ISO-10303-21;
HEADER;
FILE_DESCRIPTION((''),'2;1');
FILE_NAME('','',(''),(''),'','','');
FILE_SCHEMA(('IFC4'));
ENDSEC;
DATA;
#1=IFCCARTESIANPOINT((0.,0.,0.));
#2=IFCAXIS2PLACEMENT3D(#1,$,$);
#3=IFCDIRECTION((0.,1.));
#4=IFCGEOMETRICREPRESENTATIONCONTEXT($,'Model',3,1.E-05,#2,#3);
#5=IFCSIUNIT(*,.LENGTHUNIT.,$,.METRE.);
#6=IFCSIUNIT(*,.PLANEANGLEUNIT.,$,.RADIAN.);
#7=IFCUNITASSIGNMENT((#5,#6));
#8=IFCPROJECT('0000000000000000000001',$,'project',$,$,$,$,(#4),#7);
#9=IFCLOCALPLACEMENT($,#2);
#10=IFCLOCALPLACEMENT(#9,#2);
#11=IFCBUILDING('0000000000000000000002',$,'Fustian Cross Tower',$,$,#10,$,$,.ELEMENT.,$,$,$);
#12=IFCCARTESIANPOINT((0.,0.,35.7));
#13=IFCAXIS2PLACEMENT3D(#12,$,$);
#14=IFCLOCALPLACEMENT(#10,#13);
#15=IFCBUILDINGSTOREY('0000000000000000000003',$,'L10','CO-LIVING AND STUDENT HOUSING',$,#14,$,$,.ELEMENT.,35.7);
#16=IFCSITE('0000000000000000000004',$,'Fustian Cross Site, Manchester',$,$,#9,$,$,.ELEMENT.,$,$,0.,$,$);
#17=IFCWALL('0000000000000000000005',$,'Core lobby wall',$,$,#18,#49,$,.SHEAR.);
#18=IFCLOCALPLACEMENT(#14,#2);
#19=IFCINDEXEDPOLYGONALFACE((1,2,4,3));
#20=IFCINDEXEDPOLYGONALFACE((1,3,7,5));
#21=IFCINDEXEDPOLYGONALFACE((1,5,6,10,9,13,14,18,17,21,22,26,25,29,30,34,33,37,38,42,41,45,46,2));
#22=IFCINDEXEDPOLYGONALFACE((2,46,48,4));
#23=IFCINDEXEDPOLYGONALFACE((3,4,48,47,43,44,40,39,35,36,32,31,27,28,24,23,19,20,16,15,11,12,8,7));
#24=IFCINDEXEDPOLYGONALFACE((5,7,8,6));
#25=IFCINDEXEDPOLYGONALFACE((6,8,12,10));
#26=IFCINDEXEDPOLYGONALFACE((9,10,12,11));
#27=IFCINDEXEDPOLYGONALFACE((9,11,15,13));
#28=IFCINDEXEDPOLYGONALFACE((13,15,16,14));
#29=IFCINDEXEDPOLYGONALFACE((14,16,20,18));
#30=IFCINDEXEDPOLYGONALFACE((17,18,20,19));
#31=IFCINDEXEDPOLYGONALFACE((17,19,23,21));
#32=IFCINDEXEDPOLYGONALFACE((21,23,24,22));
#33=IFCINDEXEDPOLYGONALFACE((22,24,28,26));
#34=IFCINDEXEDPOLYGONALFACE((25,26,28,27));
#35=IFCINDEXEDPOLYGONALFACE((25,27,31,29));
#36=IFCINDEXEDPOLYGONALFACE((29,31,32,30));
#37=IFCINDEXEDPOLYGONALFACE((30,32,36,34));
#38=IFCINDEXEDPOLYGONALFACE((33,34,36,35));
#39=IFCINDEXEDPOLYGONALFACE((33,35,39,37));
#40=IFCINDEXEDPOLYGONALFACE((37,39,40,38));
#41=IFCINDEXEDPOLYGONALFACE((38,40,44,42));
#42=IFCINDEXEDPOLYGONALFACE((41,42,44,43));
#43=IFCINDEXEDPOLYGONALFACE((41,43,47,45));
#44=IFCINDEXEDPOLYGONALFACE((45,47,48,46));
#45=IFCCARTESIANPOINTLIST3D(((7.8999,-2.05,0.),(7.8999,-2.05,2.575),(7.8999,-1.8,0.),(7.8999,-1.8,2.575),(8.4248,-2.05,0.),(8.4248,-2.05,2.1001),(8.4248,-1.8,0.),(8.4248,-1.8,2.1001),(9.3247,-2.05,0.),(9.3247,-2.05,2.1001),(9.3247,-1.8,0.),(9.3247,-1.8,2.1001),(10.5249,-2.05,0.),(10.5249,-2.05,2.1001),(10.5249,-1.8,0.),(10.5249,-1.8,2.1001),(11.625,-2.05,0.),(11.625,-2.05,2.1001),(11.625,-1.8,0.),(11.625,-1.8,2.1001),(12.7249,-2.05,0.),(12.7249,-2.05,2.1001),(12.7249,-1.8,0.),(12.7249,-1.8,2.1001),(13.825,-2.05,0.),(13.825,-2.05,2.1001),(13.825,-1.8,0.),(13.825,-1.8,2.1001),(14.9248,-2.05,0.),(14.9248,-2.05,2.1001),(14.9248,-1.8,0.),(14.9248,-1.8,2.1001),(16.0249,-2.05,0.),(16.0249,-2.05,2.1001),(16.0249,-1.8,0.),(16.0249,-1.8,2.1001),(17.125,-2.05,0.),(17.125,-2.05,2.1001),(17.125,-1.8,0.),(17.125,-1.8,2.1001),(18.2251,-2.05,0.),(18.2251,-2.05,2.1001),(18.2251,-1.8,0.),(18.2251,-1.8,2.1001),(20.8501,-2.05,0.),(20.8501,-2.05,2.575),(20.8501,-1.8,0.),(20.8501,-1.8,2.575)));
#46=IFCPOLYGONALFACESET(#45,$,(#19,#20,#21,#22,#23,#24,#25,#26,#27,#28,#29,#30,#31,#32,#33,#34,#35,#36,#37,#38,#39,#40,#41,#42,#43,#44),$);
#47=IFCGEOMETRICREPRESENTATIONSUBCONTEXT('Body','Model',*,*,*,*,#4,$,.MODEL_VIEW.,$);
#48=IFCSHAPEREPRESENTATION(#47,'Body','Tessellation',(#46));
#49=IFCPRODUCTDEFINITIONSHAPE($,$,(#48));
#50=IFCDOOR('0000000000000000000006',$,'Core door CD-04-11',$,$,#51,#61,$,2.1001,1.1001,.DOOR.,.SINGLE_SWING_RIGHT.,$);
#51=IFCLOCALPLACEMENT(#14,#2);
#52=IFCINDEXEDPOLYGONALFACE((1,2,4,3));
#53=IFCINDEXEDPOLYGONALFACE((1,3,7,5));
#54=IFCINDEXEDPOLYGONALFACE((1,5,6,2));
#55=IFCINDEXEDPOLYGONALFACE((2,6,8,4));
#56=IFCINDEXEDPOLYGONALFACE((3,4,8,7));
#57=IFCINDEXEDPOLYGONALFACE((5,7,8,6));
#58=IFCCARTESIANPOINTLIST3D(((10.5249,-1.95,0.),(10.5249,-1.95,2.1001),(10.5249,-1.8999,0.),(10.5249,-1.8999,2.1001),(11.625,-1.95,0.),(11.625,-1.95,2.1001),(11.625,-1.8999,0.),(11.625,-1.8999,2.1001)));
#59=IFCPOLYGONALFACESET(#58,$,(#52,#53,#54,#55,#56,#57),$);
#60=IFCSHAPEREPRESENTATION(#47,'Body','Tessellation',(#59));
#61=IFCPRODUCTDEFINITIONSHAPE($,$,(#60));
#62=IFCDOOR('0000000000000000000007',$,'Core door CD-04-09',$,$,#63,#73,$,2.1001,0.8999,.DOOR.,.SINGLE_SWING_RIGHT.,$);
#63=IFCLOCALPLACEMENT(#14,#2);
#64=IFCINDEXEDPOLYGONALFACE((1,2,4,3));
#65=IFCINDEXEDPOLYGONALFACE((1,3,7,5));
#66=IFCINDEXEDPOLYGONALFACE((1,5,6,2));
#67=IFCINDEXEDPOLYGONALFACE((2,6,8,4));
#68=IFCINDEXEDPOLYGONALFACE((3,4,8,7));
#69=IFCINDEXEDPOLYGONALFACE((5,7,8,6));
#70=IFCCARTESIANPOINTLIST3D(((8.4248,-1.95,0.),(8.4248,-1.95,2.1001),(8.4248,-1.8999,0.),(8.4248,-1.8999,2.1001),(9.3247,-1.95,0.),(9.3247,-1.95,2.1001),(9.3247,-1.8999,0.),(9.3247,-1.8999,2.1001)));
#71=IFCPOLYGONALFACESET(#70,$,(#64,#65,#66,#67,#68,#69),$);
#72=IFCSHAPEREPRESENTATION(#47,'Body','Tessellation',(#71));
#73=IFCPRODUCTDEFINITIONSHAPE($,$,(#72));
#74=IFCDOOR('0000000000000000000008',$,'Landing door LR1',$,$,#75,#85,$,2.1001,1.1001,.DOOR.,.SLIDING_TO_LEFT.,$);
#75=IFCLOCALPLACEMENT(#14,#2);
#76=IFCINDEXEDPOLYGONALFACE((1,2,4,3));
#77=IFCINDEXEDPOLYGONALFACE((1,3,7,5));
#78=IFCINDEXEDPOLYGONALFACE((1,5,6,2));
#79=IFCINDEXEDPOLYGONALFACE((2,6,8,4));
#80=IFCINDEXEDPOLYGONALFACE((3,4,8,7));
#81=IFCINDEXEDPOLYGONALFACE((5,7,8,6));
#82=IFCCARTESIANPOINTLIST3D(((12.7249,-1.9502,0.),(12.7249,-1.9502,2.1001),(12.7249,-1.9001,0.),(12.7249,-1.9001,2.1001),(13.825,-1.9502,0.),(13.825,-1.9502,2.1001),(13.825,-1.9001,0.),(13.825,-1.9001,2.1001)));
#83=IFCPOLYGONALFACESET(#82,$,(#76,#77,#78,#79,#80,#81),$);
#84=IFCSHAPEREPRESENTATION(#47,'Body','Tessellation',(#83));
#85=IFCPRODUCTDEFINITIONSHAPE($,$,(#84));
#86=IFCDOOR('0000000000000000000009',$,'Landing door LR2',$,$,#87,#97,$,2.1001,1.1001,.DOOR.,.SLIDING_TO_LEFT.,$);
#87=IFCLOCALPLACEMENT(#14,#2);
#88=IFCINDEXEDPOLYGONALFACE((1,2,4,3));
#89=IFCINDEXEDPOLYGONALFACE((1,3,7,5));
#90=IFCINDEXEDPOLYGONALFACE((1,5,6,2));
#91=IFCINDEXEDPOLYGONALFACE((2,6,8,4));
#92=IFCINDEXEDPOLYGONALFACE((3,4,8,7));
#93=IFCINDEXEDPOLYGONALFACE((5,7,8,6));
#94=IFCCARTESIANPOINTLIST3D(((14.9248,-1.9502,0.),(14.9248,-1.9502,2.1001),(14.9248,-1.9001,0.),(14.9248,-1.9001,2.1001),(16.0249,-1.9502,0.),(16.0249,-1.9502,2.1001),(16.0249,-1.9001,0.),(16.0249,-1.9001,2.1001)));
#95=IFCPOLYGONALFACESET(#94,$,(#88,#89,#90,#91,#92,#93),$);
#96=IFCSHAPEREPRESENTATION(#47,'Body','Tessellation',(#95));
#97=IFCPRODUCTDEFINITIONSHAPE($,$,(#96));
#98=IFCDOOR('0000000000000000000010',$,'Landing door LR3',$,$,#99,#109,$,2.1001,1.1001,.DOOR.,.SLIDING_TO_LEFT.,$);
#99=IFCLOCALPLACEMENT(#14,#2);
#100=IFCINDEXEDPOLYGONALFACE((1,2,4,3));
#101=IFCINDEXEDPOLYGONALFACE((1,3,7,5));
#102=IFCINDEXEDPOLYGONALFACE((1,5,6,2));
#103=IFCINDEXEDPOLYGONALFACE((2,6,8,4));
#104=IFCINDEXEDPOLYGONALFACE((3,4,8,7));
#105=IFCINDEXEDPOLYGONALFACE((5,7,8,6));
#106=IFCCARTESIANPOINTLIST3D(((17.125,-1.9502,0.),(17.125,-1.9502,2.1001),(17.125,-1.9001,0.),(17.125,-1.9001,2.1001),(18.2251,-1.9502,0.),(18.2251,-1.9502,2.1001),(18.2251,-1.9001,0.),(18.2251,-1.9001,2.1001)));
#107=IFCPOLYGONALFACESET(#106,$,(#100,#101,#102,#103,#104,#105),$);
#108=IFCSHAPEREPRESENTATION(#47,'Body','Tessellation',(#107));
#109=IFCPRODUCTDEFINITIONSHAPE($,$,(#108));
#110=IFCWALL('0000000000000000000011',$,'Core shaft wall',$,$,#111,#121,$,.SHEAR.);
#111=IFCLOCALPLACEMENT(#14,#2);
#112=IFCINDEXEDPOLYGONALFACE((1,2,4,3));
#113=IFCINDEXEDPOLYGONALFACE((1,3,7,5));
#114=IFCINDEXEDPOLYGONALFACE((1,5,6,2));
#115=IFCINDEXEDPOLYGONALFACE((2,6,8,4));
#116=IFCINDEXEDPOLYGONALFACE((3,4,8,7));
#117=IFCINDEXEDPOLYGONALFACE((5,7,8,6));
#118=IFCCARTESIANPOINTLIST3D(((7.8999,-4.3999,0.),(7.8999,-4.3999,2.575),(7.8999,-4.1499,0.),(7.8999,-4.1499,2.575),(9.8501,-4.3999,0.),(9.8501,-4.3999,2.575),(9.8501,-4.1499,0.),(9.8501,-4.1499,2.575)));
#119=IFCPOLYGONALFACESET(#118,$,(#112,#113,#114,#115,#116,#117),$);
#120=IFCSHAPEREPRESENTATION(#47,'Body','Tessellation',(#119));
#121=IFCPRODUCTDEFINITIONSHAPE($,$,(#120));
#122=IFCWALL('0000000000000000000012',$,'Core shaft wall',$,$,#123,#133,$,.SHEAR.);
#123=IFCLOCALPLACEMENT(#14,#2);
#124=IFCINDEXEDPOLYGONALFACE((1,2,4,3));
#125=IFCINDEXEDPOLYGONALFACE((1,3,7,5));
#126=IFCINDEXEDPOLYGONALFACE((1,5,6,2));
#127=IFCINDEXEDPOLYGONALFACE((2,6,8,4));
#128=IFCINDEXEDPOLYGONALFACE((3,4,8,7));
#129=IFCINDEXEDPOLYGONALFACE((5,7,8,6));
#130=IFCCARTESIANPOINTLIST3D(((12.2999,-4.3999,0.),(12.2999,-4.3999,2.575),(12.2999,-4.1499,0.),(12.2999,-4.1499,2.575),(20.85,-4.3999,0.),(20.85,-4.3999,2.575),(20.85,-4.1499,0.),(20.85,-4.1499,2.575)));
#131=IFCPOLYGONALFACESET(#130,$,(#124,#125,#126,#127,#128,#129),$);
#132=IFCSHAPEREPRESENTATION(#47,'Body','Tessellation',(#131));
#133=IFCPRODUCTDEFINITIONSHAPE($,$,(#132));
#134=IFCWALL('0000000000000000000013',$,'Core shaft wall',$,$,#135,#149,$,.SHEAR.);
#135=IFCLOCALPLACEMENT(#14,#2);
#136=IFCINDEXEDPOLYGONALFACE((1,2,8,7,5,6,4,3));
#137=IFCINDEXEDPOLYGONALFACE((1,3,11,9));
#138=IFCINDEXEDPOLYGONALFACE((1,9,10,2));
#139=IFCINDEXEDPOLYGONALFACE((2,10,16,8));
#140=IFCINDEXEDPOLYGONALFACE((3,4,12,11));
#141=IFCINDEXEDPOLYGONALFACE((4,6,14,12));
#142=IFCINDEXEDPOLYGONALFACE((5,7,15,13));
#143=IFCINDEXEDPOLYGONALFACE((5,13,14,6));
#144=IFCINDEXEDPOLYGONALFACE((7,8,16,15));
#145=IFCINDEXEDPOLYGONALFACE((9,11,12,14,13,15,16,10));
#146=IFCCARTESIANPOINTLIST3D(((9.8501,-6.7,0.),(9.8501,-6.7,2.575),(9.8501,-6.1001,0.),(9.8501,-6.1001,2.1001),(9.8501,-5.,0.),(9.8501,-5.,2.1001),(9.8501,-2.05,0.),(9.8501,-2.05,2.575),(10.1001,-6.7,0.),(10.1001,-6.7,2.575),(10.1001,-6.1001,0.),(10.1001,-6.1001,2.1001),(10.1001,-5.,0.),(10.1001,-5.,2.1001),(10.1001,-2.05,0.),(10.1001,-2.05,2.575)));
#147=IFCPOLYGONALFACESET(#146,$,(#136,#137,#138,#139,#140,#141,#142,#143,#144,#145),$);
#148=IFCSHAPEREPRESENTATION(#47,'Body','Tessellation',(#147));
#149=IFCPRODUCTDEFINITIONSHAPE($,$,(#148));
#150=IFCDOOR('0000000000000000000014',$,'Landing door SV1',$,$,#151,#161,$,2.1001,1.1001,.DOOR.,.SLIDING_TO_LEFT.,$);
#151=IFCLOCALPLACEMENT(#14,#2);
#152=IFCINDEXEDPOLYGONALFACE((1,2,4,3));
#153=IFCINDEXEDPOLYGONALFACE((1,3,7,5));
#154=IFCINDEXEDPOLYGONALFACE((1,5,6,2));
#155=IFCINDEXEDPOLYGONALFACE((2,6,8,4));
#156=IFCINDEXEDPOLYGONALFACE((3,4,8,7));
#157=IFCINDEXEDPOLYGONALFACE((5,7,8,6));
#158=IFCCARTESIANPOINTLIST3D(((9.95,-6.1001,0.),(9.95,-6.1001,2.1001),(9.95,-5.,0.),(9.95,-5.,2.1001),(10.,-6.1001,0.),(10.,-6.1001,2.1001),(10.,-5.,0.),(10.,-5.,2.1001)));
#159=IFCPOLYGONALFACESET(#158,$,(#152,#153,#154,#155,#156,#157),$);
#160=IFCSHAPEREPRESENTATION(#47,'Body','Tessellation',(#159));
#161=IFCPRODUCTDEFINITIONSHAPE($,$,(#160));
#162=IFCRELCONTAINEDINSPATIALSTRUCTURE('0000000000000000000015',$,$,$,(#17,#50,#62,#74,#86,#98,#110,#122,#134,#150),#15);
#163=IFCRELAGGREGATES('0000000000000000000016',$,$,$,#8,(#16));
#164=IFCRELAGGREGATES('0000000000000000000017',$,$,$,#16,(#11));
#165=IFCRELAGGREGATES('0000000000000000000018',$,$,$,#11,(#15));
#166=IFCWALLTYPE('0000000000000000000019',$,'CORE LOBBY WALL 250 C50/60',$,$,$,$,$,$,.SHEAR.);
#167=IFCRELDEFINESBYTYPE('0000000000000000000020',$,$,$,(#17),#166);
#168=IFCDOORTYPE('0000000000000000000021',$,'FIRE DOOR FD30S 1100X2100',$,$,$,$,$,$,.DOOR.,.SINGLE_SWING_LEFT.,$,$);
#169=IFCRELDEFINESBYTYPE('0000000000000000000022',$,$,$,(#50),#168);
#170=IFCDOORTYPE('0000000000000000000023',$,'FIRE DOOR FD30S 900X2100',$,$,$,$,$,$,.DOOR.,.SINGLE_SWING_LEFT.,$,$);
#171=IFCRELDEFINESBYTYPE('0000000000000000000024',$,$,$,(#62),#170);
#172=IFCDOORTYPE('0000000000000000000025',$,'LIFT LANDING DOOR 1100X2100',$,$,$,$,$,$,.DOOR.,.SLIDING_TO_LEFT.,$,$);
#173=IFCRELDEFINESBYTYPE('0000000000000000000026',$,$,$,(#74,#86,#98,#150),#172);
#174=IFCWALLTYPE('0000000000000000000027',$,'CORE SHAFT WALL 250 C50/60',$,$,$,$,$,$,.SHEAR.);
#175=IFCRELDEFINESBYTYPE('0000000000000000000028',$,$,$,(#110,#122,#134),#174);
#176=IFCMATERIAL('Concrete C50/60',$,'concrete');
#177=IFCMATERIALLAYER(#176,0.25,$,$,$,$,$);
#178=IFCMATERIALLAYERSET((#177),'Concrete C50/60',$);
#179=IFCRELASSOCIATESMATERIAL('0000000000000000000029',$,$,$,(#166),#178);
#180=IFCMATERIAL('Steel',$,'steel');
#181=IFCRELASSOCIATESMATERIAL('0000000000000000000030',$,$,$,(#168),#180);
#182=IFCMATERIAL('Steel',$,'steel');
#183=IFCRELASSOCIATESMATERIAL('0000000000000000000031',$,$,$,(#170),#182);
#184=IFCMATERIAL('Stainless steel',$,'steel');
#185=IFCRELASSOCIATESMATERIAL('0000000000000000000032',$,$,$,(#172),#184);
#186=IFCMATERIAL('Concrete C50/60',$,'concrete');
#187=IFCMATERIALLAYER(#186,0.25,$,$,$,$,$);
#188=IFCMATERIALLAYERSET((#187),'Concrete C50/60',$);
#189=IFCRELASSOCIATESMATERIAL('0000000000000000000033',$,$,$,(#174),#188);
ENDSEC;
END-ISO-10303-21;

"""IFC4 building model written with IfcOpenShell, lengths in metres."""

from ifc_helpers import new_model, si_unit, direction, frame, frame_2d, origin, place, context, subcontext, project, spatial, rectangle, extrude, material, layer, layer_set, type_object, element, fill, save


model = new_model("IFC4")

# Units and contexts
model_context = context("Model", 3, precision=1e-05, world=origin(), true_north=direction((0.0, 1.0)))
body_context = subcontext(model_context, "Body", "Model", "MODEL_VIEW")
ifc_project = project(units=[si_unit("LENGTHUNIT", "METRE"), si_unit("PLANEANGLEUNIT", "RADIAN")], contexts=[model_context])

# Site, building, storey
site_placement = place(None, origin())
site = spatial("IfcSite", under=ifc_project, at=site_placement, Name="Fustian Cross Site, Manchester", CompositionType="ELEMENT", RefElevation=0.0)
building_placement = place(site_placement, origin())
building = spatial("IfcBuilding", under=site, at=building_placement, Name="Fustian Cross Tower", CompositionType="ELEMENT")
storey_placement = place(building_placement, frame((0.0, 0.0, 35.7)))
storey = spatial("IfcBuildingStorey", under=building, at=storey_placement, Name="L10", Description="CO-LIVING AND STUDENT HOUSING", CompositionType="ELEMENT", Elevation=35.7)

# Wall, openings, doors
ifc_material_1 = material(Name="Concrete C50/60", Category="concrete")
ifc_layer_1 = layer(ifc_material_1, 0.25)
ifc_layer_set_1 = layer_set([ifc_layer_1], Name="Concrete C50/60")
wall_type_1 = type_object("IfcWallType", Name="CORE LOBBY WALL 250 C50/60", PredefinedType="SHEAR", material=ifc_layer_set_1)
wall_1_placement = place(storey_placement, frame((7.8999, -1.925, 0.0), z_axis=(0.0, 0.0, 1.0), x_axis=(1.0, 0.0, 0.0)))
wall_1 = element("IfcWall", 1, at=wall_1_placement, inside=storey, type_object=wall_type_1, Name="Core lobby wall", PredefinedType="SHEAR", context=body_context, shape_type="SweptSolid", body=[
    extrude(rectangle(XDim=12.9502, YDim=0.25, at=frame_2d((6.4751, 0.0))), origin(), (0.0, 0.0, 1.0), 2.575),
])
opening_1_placement = place(wall_1_placement, frame((4.825, 0.0, 0.0)))
opening_1 = element("IfcOpeningElement", 2, at=opening_1_placement, cuts=wall_1, PredefinedType="OPENING", context=body_context, shape_type="SweptSolid", body=[
    extrude(rectangle(XDim=1.1001, YDim=2.1001, at=frame_2d((0.55, 1.05))), frame((0.0, 0.135, 0.0), z_axis=(0.0, -1.0, 0.0), x_axis=(1.0, 0.0, 0.0)), (0.0, 0.0, 1.0), 0.27),
])
opening_2_placement = place(wall_1_placement, frame((7.0249, 0.0, 0.0)))
opening_2 = element("IfcOpeningElement", 3, at=opening_2_placement, cuts=wall_1, PredefinedType="OPENING", context=body_context, shape_type="SweptSolid", body=[
    extrude(rectangle(XDim=1.1001, YDim=2.1001, at=frame_2d((0.55, 1.05))), frame((0.0, 0.135, 0.0), z_axis=(0.0, -1.0, 0.0), x_axis=(1.0, 0.0, 0.0)), (0.0, 0.0, 1.0), 0.27),
])
opening_3_placement = place(wall_1_placement, frame((9.2251, 0.0, 0.0)))
opening_3 = element("IfcOpeningElement", 4, at=opening_3_placement, cuts=wall_1, PredefinedType="OPENING", context=body_context, shape_type="SweptSolid", body=[
    extrude(rectangle(XDim=1.1001, YDim=2.1001, at=frame_2d((0.55, 1.05))), frame((0.0, 0.135, 0.0), z_axis=(0.0, -1.0, 0.0), x_axis=(1.0, 0.0, 0.0)), (0.0, 0.0, 1.0), 0.27),
])
opening_4_placement = place(wall_1_placement, frame((0.5249, 0.0, 0.0)))
opening_4 = element("IfcOpeningElement", 5, at=opening_4_placement, cuts=wall_1, PredefinedType="OPENING", context=body_context, shape_type="SweptSolid", body=[
    extrude(rectangle(XDim=0.8999, YDim=2.1001, at=frame_2d((0.45, 1.05))), frame((0.0, 0.135, 0.0), z_axis=(0.0, -1.0, 0.0), x_axis=(1.0, 0.0, 0.0)), (0.0, 0.0, 1.0), 0.27),
])
opening_5_placement = place(wall_1_placement, frame((2.625, 0.0, 0.0)))
opening_5 = element("IfcOpeningElement", 6, at=opening_5_placement, cuts=wall_1, PredefinedType="OPENING", context=body_context, shape_type="SweptSolid", body=[
    extrude(rectangle(XDim=1.1001, YDim=2.1001, at=frame_2d((0.55, 1.05))), frame((0.0, 0.135, 0.0), z_axis=(0.0, -1.0, 0.0), x_axis=(1.0, 0.0, 0.0)), (0.0, 0.0, 1.0), 0.27),
])
ifc_material_2 = material(Name="Steel", Category="steel")
door_type_1 = type_object("IfcDoorType", Name="FIRE DOOR FD30S 1100X2100", OperationType="SINGLE_SWING_LEFT", PredefinedType="DOOR", material=ifc_material_2)
door_1_placement = place(opening_5_placement, frame((1.1001, 0.0, 0.0), z_axis=(0.0, 0.0, 1.0), x_axis=(-1.0, 0.0, 0.0)))
door_1 = element("IfcDoor", 7, at=door_1_placement, inside=storey, type_object=door_type_1, Name="Core door CD-04-11", OperationType="SINGLE_SWING_RIGHT", OverallHeight=2.1001, OverallWidth=1.1001, PredefinedType="DOOR", context=body_context, shape_type="SweptSolid", body=[
    extrude(rectangle(XDim=1.1001, YDim=2.1001, at=frame_2d((0.55, 1.05))), frame((0.0, 0.0249, 0.0), z_axis=(0.0, -1.0, 0.0), x_axis=(1.0, 0.0, 0.0)), (0.0, 0.0, 1.0), 0.05),
])
fill(opening_5, door_1)
ifc_material_3 = material(Name="Steel", Category="steel")
door_type_2 = type_object("IfcDoorType", Name="FIRE DOOR FD30S 900X2100", OperationType="SINGLE_SWING_LEFT", PredefinedType="DOOR", material=ifc_material_3)
door_2_placement = place(opening_4_placement, frame((0.8999, 0.0, 0.0), z_axis=(0.0, 0.0, 1.0), x_axis=(-1.0, 0.0, 0.0)))
door_2 = element("IfcDoor", 8, at=door_2_placement, inside=storey, type_object=door_type_2, Name="Core door CD-04-09", OperationType="SINGLE_SWING_RIGHT", OverallHeight=2.1001, OverallWidth=0.8999, PredefinedType="DOOR", context=body_context, shape_type="SweptSolid", body=[
    extrude(rectangle(XDim=0.8999, YDim=2.1001, at=frame_2d((0.45, 1.05))), frame((0.0, 0.0249, 0.0), z_axis=(0.0, -1.0, 0.0), x_axis=(1.0, 0.0, 0.0)), (0.0, 0.0, 1.0), 0.05),
])
fill(opening_4, door_2)
ifc_material_4 = material(Name="Stainless steel", Category="steel")
door_type_3 = type_object("IfcDoorType", Name="LIFT LANDING DOOR 1100X2100", OperationType="SLIDING_TO_LEFT", PredefinedType="DOOR", material=ifc_material_4)
door_3_placement = place(opening_1_placement, origin())
door_3 = element("IfcDoor", 9, at=door_3_placement, inside=storey, type_object=door_type_3, Name="Landing door LR1", OperationType="SLIDING_TO_LEFT", OverallHeight=2.1001, OverallWidth=1.1001, PredefinedType="DOOR", context=body_context, shape_type="SweptSolid", body=[
    extrude(rectangle(XDim=1.1001, YDim=2.1001, at=frame_2d((0.55, 1.05))), frame((0.0, 0.0249, 0.0), z_axis=(0.0, -1.0, 0.0), x_axis=(1.0, 0.0, 0.0)), (0.0, 0.0, 1.0), 0.05),
])
fill(opening_1, door_3)
door_4_placement = place(opening_2_placement, origin())
door_4 = element("IfcDoor", 10, at=door_4_placement, inside=storey, type_object=door_type_3, Name="Landing door LR2", OperationType="SLIDING_TO_LEFT", OverallHeight=2.1001, OverallWidth=1.1001, PredefinedType="DOOR", context=body_context, shape_type="SweptSolid", body=[
    extrude(rectangle(XDim=1.1001, YDim=2.1001, at=frame_2d((0.55, 1.05))), frame((0.0, 0.0249, 0.0), z_axis=(0.0, -1.0, 0.0), x_axis=(1.0, 0.0, 0.0)), (0.0, 0.0, 1.0), 0.05),
])
fill(opening_2, door_4)
door_5_placement = place(opening_3_placement, origin())
door_5 = element("IfcDoor", 11, at=door_5_placement, inside=storey, type_object=door_type_3, Name="Landing door LR3", OperationType="SLIDING_TO_LEFT", OverallHeight=2.1001, OverallWidth=1.1001, PredefinedType="DOOR", context=body_context, shape_type="SweptSolid", body=[
    extrude(rectangle(XDim=1.1001, YDim=2.1001, at=frame_2d((0.55, 1.05))), frame((0.0, 0.0249, 0.0), z_axis=(0.0, -1.0, 0.0), x_axis=(1.0, 0.0, 0.0)), (0.0, 0.0, 1.0), 0.05),
])
fill(opening_3, door_5)

# Walls
ifc_material_5 = material(Name="Concrete C50/60", Category="concrete")
ifc_layer_2 = layer(ifc_material_5, 0.25)
ifc_layer_set_2 = layer_set([ifc_layer_2], Name="Concrete C50/60")
wall_type_2 = type_object("IfcWallType", Name="CORE SHAFT WALL 250 C50/60", PredefinedType="SHEAR", material=ifc_layer_set_2)
wall_2_placement = place(storey_placement, frame((7.8999, -4.2749, 0.0), z_axis=(0.0, 0.0, 1.0), x_axis=(1.0, 0.0, 0.0)))
element("IfcWall", 12, at=wall_2_placement, inside=storey, type_object=wall_type_2, Name="Core shaft wall", PredefinedType="SHEAR", context=body_context, shape_type="SweptSolid", body=[
    extrude(rectangle(XDim=1.9502, YDim=0.25, at=frame_2d((0.9751, 0.0))), origin(), (0.0, 0.0, 1.0), 2.575),
])
wall_3_placement = place(storey_placement, frame((12.3, -4.2749, 0.0), z_axis=(0.0, 0.0, 1.0), x_axis=(1.0, 0.0, 0.0)))
element("IfcWall", 13, at=wall_3_placement, inside=storey, type_object=wall_type_2, Name="Core shaft wall", PredefinedType="SHEAR", context=body_context, shape_type="SweptSolid", body=[
    extrude(rectangle(XDim=8.55, YDim=0.25, at=frame_2d((4.2749, 0.0))), origin(), (0.0, 0.0, 1.0), 2.575),
])

# Wall, opening, door
wall_4_placement = place(storey_placement, frame((9.9751, -2.05, 0.0), z_axis=(0.0, 0.0, 1.0), x_axis=(0.0, -1.0, 0.0)))
wall_4 = element("IfcWall", 14, at=wall_4_placement, inside=storey, type_object=wall_type_2, Name="Core shaft wall", PredefinedType="SHEAR", context=body_context, shape_type="SweptSolid", body=[
    extrude(rectangle(XDim=4.6499, YDim=0.25, at=frame_2d((2.325, 0.0))), origin(), (0.0, 0.0, 1.0), 2.575),
])
opening_6_placement = place(wall_4_placement, frame((2.95, 0.0, 0.0)))
opening_6 = element("IfcOpeningElement", 15, at=opening_6_placement, cuts=wall_4, PredefinedType="OPENING", context=body_context, shape_type="SweptSolid", body=[
    extrude(rectangle(XDim=1.1001, YDim=2.1001, at=frame_2d((0.55, 1.05))), frame((0.0, 0.135, 0.0), z_axis=(0.0, -1.0, 0.0), x_axis=(1.0, 0.0, 0.0)), (0.0, 0.0, 1.0), 0.27),
])
door_6_placement = place(opening_6_placement, origin())
door_6 = element("IfcDoor", 16, at=door_6_placement, inside=storey, type_object=door_type_3, Name="Landing door SV1", OperationType="SLIDING_TO_LEFT", OverallHeight=2.1001, OverallWidth=1.1001, PredefinedType="DOOR", context=body_context, shape_type="SweptSolid", body=[
    extrude(rectangle(XDim=1.1001, YDim=2.1001, at=frame_2d((0.55, 1.05))), frame((0.0, 0.0249, 0.0), z_axis=(0.0, -1.0, 0.0), x_axis=(1.0, 0.0, 0.0)), (0.0, 0.0, 1.0), 0.05),
])
fill(opening_6, door_6)

save(model, "model.ifc")
